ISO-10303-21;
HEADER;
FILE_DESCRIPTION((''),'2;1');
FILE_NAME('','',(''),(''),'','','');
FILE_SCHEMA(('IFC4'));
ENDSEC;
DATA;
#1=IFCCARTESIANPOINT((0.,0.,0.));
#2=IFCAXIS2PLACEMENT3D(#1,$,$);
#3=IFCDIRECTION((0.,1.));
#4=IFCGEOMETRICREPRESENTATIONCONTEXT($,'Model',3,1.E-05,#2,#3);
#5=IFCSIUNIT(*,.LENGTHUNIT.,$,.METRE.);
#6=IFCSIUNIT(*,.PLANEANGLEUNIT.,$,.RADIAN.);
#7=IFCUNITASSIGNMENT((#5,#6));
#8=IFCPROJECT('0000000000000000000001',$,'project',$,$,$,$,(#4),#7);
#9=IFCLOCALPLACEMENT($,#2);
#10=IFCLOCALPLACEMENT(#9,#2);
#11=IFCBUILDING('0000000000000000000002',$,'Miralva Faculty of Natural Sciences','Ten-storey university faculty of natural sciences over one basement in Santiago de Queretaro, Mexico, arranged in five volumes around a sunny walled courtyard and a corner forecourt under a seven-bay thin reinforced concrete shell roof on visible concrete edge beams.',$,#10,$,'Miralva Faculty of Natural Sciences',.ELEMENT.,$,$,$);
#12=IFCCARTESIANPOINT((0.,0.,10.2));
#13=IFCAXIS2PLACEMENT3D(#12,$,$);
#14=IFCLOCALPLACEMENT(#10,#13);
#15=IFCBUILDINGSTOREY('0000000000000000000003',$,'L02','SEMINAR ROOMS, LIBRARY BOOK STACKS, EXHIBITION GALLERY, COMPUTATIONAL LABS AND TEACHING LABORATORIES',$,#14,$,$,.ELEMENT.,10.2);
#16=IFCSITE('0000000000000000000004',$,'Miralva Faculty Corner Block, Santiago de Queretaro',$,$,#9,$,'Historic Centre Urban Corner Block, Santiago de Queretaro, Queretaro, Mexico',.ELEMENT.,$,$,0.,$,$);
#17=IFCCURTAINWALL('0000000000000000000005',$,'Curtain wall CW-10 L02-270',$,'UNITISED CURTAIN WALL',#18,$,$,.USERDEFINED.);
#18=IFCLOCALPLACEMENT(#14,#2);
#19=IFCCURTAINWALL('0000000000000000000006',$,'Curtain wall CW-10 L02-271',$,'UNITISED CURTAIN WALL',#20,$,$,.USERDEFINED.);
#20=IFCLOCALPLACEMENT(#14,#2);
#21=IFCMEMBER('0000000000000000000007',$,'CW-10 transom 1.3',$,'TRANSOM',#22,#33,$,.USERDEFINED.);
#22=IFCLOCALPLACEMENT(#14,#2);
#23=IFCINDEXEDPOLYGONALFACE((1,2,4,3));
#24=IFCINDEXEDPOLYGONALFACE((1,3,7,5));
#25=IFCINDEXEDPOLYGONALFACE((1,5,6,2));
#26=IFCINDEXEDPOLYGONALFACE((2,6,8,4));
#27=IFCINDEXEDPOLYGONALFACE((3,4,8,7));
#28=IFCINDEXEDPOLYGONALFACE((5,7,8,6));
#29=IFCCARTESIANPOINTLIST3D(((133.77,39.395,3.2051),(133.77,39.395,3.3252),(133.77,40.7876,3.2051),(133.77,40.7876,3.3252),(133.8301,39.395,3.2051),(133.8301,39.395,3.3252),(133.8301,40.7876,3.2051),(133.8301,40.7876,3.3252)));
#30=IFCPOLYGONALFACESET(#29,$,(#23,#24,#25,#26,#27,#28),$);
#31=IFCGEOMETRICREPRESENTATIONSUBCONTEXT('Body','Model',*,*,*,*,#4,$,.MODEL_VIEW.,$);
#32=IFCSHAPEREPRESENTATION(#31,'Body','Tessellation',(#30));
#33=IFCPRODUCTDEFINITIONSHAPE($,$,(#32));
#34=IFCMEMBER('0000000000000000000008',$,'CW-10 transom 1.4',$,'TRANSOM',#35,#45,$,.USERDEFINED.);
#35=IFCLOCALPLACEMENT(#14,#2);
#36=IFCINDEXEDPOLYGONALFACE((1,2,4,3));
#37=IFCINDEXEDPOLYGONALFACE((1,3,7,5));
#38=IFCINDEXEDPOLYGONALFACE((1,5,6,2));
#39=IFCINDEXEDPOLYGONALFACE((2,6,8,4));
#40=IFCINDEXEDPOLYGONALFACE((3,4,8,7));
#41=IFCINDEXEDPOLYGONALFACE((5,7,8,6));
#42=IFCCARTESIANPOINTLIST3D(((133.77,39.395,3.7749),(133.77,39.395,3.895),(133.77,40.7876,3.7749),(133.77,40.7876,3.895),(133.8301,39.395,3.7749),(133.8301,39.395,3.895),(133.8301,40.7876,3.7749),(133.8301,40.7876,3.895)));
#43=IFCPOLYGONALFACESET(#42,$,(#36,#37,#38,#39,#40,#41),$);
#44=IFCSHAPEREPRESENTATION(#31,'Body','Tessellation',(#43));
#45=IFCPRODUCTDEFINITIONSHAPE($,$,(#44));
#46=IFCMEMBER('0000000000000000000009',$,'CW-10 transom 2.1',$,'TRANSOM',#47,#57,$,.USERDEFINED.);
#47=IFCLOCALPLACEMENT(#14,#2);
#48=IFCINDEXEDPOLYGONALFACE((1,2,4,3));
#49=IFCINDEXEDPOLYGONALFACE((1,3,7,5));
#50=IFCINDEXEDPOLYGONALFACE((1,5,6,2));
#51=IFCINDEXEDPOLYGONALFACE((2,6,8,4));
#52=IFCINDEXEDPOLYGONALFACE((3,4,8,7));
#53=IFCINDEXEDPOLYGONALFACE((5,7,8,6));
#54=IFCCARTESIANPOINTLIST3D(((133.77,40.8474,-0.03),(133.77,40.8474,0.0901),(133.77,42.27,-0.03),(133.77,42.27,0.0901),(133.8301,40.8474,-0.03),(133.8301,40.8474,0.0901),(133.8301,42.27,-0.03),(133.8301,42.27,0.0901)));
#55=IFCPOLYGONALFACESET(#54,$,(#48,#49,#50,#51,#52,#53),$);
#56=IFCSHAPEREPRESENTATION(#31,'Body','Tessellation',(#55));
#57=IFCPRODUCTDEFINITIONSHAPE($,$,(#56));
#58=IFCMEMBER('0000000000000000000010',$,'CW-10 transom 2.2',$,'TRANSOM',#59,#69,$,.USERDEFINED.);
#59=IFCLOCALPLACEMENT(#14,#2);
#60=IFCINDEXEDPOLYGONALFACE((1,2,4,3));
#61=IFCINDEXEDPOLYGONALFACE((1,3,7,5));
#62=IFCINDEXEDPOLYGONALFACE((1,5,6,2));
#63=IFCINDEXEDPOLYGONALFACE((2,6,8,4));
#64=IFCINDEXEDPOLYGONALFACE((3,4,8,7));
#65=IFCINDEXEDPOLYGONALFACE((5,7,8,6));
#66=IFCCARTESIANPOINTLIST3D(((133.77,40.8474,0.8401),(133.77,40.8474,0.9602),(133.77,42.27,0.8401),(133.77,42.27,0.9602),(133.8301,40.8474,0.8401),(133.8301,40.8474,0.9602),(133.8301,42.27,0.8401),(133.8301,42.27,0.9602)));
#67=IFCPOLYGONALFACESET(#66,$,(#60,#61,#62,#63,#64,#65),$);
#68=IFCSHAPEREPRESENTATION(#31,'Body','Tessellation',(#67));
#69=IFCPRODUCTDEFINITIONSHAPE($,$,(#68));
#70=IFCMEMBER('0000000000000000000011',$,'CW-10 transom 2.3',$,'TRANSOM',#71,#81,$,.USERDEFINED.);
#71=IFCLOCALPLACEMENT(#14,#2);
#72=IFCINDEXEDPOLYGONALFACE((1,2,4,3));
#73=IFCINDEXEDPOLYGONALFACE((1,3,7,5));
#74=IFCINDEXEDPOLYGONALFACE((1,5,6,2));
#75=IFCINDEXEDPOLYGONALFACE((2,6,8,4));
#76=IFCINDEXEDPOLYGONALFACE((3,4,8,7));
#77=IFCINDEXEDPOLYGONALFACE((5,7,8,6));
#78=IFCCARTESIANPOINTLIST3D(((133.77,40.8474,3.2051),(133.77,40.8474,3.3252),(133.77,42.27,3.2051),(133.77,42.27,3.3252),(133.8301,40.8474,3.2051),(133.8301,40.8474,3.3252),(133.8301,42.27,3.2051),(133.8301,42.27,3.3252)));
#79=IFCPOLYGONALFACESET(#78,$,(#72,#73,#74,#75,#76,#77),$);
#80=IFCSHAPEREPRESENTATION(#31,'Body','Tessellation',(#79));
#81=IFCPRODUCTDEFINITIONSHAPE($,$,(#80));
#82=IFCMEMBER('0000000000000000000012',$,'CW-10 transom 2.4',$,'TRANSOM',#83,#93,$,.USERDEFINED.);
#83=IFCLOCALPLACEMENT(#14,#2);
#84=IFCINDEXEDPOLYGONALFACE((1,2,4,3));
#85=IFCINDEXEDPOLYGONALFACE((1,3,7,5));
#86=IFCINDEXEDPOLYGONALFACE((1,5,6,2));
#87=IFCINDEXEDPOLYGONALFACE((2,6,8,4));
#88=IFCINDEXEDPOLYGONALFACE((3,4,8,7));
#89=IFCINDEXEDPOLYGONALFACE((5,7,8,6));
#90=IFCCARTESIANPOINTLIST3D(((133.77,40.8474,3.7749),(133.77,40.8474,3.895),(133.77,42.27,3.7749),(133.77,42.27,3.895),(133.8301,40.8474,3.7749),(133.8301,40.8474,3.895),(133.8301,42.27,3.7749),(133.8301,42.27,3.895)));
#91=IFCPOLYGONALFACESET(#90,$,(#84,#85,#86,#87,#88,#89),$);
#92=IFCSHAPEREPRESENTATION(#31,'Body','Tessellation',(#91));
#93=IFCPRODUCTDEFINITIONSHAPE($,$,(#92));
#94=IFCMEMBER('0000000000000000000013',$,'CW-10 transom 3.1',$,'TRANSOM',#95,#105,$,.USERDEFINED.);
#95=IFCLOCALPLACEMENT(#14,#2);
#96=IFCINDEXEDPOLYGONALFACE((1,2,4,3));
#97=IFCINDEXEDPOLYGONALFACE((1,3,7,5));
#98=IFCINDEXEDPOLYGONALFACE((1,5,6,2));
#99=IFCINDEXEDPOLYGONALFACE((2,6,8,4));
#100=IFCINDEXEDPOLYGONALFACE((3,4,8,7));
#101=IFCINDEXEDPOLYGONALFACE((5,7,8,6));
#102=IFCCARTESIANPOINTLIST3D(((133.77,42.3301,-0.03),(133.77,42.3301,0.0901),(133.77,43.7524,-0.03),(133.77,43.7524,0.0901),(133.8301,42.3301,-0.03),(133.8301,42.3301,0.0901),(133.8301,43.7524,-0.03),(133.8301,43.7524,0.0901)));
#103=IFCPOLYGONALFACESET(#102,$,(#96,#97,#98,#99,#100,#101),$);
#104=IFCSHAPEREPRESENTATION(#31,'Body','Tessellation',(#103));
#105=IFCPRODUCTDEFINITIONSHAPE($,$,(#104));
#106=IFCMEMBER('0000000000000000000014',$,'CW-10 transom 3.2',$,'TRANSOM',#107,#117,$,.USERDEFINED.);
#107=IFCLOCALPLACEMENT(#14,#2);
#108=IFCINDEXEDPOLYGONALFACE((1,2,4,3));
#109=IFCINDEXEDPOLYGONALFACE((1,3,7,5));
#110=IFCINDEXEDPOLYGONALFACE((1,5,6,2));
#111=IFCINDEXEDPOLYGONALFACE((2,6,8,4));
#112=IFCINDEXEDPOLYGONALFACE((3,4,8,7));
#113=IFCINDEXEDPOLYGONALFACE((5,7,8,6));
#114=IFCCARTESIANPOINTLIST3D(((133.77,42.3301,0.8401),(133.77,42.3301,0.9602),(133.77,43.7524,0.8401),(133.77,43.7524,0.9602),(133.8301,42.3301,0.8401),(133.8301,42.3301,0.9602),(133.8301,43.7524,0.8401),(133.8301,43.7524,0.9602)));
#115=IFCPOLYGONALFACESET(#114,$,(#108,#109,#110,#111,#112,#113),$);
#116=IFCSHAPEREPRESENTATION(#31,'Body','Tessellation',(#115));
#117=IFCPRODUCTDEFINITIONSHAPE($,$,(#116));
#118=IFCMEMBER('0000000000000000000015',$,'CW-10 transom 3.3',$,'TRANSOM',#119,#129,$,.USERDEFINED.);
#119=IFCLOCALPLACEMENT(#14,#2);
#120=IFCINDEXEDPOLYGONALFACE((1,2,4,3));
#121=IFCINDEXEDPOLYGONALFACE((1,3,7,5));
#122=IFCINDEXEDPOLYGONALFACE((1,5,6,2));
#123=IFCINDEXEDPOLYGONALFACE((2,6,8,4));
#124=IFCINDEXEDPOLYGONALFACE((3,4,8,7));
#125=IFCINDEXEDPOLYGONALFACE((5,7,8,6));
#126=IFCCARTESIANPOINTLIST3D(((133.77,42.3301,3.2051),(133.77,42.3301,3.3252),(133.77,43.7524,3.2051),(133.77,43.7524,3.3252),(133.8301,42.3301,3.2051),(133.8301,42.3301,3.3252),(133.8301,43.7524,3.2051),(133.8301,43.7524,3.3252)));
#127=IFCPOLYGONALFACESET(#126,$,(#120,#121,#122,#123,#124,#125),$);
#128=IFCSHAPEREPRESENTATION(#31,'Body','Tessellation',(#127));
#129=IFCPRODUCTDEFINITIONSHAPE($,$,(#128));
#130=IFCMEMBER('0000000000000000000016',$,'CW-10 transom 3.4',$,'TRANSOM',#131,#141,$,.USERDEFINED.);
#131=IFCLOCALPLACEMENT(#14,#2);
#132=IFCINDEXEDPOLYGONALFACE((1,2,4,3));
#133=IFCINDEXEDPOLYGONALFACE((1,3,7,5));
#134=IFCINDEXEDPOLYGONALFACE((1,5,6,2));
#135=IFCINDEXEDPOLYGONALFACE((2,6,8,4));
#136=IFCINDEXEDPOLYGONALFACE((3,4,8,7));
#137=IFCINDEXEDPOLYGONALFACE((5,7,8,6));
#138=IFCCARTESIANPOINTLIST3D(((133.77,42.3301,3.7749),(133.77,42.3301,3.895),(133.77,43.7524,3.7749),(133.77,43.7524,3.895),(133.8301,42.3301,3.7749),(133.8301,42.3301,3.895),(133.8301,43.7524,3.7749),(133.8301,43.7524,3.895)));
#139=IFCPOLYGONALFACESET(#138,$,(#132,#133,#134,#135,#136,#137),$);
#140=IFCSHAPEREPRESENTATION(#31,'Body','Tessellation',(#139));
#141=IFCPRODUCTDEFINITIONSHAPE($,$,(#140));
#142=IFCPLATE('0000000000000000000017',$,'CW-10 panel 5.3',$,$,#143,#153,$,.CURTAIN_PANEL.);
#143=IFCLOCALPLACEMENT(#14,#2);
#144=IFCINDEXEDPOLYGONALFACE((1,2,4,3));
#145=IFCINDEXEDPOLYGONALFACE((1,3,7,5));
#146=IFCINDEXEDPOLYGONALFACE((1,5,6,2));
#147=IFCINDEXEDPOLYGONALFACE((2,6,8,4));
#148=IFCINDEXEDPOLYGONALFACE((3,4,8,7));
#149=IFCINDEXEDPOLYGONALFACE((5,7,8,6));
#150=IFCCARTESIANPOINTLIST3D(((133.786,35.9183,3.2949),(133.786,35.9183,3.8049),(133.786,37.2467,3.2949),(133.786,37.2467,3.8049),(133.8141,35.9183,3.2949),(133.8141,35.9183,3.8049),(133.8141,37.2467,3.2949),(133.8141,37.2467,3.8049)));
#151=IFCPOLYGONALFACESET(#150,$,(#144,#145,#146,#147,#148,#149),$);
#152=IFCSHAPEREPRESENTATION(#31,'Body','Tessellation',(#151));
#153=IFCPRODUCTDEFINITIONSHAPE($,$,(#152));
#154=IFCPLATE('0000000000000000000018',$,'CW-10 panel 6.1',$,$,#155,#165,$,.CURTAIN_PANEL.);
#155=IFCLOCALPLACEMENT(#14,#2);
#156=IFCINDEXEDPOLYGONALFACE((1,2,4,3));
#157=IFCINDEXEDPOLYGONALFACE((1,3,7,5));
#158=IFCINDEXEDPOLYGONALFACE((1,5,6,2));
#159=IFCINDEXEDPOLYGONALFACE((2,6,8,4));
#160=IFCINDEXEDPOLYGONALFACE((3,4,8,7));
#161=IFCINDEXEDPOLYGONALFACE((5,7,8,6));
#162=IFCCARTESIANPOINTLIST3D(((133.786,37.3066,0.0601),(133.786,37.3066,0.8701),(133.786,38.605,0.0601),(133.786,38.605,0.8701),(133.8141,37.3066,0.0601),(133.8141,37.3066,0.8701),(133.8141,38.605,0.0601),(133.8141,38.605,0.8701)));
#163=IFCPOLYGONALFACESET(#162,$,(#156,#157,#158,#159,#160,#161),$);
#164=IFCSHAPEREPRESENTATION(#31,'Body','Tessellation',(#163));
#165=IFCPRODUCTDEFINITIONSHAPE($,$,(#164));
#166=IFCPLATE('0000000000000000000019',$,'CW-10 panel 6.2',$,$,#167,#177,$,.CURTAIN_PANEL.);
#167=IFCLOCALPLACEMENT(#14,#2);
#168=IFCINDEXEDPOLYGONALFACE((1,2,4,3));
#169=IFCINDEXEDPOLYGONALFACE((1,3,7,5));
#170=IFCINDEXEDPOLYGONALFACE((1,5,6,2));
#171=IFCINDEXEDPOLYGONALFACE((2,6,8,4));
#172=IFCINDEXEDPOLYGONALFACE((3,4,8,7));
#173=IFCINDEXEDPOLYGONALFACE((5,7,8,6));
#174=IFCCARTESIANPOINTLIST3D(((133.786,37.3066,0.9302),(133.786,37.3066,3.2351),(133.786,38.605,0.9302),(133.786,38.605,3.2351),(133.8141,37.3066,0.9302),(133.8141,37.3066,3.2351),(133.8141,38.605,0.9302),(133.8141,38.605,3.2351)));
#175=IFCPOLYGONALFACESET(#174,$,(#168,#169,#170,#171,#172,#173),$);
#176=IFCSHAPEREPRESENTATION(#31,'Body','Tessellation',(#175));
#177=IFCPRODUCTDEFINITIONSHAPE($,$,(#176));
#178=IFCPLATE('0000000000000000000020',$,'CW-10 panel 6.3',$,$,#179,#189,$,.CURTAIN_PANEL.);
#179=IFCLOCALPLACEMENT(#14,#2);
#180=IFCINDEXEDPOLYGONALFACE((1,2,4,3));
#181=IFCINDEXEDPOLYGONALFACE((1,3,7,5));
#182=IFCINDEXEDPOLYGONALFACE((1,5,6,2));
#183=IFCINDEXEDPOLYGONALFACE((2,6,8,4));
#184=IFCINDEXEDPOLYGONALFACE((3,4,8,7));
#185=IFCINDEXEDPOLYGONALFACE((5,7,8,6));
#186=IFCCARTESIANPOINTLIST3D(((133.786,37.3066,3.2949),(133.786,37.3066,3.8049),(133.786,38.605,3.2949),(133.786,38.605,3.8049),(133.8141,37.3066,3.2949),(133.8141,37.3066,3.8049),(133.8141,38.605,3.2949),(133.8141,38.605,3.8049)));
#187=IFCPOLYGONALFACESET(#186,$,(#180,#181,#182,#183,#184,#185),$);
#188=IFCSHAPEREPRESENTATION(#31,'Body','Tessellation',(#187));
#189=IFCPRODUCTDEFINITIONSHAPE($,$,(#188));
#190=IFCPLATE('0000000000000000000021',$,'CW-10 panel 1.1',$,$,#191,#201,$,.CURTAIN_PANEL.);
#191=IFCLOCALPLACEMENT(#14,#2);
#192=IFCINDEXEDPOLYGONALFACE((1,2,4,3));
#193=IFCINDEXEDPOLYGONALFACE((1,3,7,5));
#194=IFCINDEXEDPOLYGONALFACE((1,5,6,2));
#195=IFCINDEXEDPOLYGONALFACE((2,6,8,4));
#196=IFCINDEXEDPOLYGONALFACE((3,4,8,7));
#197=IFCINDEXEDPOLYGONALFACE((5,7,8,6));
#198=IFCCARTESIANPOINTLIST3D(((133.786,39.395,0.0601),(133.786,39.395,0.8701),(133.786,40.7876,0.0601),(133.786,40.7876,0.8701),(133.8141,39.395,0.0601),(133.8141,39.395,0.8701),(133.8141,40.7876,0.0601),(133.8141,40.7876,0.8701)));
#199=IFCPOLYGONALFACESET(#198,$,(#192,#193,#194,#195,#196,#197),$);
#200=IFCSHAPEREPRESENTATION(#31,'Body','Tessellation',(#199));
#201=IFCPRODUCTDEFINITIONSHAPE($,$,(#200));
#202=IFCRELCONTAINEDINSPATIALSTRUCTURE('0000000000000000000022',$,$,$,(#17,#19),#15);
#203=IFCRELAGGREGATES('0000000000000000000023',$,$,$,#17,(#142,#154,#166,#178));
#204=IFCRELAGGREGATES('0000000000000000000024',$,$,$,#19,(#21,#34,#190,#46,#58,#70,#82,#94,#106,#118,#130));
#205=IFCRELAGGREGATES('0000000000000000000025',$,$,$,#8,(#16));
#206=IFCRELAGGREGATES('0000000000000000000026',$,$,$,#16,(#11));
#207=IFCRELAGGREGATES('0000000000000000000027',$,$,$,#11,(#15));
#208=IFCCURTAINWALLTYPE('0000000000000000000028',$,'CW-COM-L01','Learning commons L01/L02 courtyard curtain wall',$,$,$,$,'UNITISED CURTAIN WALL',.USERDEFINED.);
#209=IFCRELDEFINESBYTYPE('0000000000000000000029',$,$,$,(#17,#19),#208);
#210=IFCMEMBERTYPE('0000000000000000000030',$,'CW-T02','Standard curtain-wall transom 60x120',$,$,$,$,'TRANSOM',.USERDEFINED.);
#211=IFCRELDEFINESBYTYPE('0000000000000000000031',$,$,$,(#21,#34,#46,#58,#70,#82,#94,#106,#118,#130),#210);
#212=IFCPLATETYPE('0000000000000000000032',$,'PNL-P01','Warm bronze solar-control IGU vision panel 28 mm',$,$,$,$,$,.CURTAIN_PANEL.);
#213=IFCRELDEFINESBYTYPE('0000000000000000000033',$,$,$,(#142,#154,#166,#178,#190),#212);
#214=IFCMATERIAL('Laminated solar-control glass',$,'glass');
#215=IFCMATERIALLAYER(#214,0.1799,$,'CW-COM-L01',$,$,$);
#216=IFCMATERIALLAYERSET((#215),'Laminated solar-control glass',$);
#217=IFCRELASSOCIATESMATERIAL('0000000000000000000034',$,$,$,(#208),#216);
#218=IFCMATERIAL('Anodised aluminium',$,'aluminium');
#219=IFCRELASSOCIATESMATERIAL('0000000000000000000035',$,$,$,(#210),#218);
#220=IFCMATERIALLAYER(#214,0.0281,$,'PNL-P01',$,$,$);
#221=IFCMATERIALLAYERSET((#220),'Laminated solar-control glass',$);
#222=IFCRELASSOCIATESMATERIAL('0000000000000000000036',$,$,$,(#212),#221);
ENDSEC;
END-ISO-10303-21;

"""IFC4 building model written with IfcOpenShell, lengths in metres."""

from ifc_helpers import new_model, si_unit, direction, frame, origin, origin_2d, place, context, subcontext, project, spatial, rectangle, extrude, material, layer, layer_set, material_profile, profile_set, type_object, element, aggregate, save


model = new_model("IFC4")

# Units and contexts
model_context = context("Model", 3, precision=1e-05, world=origin(), true_north=direction((0.0, 1.0)))
body_context = subcontext(model_context, "Body", "Model", "MODEL_VIEW")
ifc_project = project(units=[si_unit("LENGTHUNIT", "METRE"), si_unit("PLANEANGLEUNIT", "RADIAN")], contexts=[model_context])

# Site, building, storey
site_placement = place(None, origin())
site = spatial("IfcSite", under=ifc_project, at=site_placement, Name="Miralva Faculty Corner Block, Santiago de Queretaro", LongName="Historic Centre Urban Corner Block, Santiago de Queretaro, Queretaro, Mexico", CompositionType="ELEMENT", RefElevation=0.0)
building_placement = place(site_placement, origin())
building = spatial("IfcBuilding", under=site, at=building_placement, Name="Miralva Faculty of Natural Sciences", Description="Ten-storey university faculty of natural sciences over one basement in Santiago de Queretaro, Mexico, arranged in five volumes around a sunny walled courtyard and a corner forecourt under a seven-bay thin reinforced concrete shell roof on visible concrete edge beams.", LongName="Miralva Faculty of Natural Sciences", CompositionType="ELEMENT")
storey_placement = place(building_placement, frame((0.0, 0.0, 10.2)))
storey = spatial("IfcBuildingStorey", under=building, at=storey_placement, Name="L02", Description="SEMINAR ROOMS, LIBRARY BOOK STACKS, EXHIBITION GALLERY, COMPUTATIONAL LABS AND TEACHING LABORATORIES", CompositionType="ELEMENT", Elevation=10.2)

# Curtain walls
ifc_material_1 = material(Name="Laminated solar-control glass", Category="glass")
ifc_layer_1 = layer(ifc_material_1, 0.1799, Name="CW-COM-L01")
ifc_layer_set_1 = layer_set([ifc_layer_1], Name="Laminated solar-control glass")
curtain_wall_type = type_object("IfcCurtainWallType", Name="CW-COM-L01", Description="Learning commons L01/L02 courtyard curtain wall", ElementType="UNITISED CURTAIN WALL", PredefinedType="USERDEFINED", material=ifc_layer_set_1)
curtain_wall_1_placement = place(storey_placement, origin())
curtain_wall_1 = element("IfcCurtainWall", 1, at=curtain_wall_1_placement, inside=storey, type_object=curtain_wall_type, Name="Curtain wall CW-10 L02-270", ObjectType="UNITISED CURTAIN WALL", PredefinedType="USERDEFINED")
ifc_material_2 = material(Name="Anodised aluminium", Category="aluminium")
curtain_wall_2_placement = place(storey_placement, origin())
curtain_wall_2 = element("IfcCurtainWall", 2, at=curtain_wall_2_placement, inside=storey, type_object=curtain_wall_type, Name="Curtain wall CW-10 L02-271", ObjectType="UNITISED CURTAIN WALL", PredefinedType="USERDEFINED")

# Members
ifc_material_profile_1 = material_profile(ifc_material_2, rectangle(XDim=0.0601, YDim=0.1201, at=origin_2d()), Name="TRANSOM 60x120")
ifc_profile_set_1 = profile_set([ifc_material_profile_1], Name="Anodised aluminium")
member_type_1 = type_object("IfcMemberType", Name="CW-T02", Description="Standard curtain-wall transom 60x120", ElementType="TRANSOM", PredefinedType="USERDEFINED", material=ifc_profile_set_1)
member_1_placement = place(storey_placement, frame((133.8, 39.395, 3.2651), z_axis=(0.0, 1.0, 0.0), x_axis=(-1.0, 0.0, 0.0)))
member_1 = element("IfcMember", 3, at=member_1_placement, type_object=member_type_1, Name="CW-10 transom 1.3", ObjectType="TRANSOM", PredefinedType="USERDEFINED", context=body_context, shape_type="SweptSolid", body=[
    extrude(rectangle(XDim=0.0601, YDim=0.1201, at=origin_2d()), origin(), (0.0, 0.0, 1.0), 1.3926),
])
member_2_placement = place(storey_placement, frame((133.8, 39.395, 3.835), z_axis=(0.0, 1.0, 0.0), x_axis=(-1.0, 0.0, 0.0)))
member_2 = element("IfcMember", 4, at=member_2_placement, type_object=member_type_1, Name="CW-10 transom 1.4", ObjectType="TRANSOM", PredefinedType="USERDEFINED", context=body_context, shape_type="SweptSolid", body=[
    extrude(rectangle(XDim=0.0601, YDim=0.1201, at=origin_2d()), origin(), (0.0, 0.0, 1.0), 1.3926),
])
member_3_placement = place(storey_placement, frame((133.8, 40.8474, 0.03), z_axis=(0.0, 1.0, 0.0), x_axis=(-1.0, 0.0, 0.0)))
member_3 = element("IfcMember", 5, at=member_3_placement, type_object=member_type_1, Name="CW-10 transom 2.1", ObjectType="TRANSOM", PredefinedType="USERDEFINED", context=body_context, shape_type="SweptSolid", body=[
    extrude(rectangle(XDim=0.0601, YDim=0.1201, at=origin_2d()), origin(), (0.0, 0.0, 1.0), 1.4226),
])
member_4_placement = place(storey_placement, frame((133.8, 40.8474, 0.9001), z_axis=(0.0, 1.0, 0.0), x_axis=(-1.0, 0.0, 0.0)))
member_4 = element("IfcMember", 6, at=member_4_placement, type_object=member_type_1, Name="CW-10 transom 2.2", ObjectType="TRANSOM", PredefinedType="USERDEFINED", context=body_context, shape_type="SweptSolid", body=[
    extrude(rectangle(XDim=0.0601, YDim=0.1201, at=origin_2d()), origin(), (0.0, 0.0, 1.0), 1.4226),
])
member_5_placement = place(storey_placement, frame((133.8, 40.8474, 3.2651), z_axis=(0.0, 1.0, 0.0), x_axis=(-1.0, 0.0, 0.0)))
member_5 = element("IfcMember", 7, at=member_5_placement, type_object=member_type_1, Name="CW-10 transom 2.3", ObjectType="TRANSOM", PredefinedType="USERDEFINED", context=body_context, shape_type="SweptSolid", body=[
    extrude(rectangle(XDim=0.0601, YDim=0.1201, at=origin_2d()), origin(), (0.0, 0.0, 1.0), 1.4226),
])
member_6_placement = place(storey_placement, frame((133.8, 40.8474, 3.835), z_axis=(0.0, 1.0, 0.0), x_axis=(-1.0, 0.0, 0.0)))
member_6 = element("IfcMember", 8, at=member_6_placement, type_object=member_type_1, Name="CW-10 transom 2.4", ObjectType="TRANSOM", PredefinedType="USERDEFINED", context=body_context, shape_type="SweptSolid", body=[
    extrude(rectangle(XDim=0.0601, YDim=0.1201, at=origin_2d()), origin(), (0.0, 0.0, 1.0), 1.4226),
])
member_7_placement = place(storey_placement, frame((133.8, 42.3301, 0.03), z_axis=(0.0, 1.0, 0.0), x_axis=(-1.0, 0.0, 0.0)))
member_7 = element("IfcMember", 9, at=member_7_placement, type_object=member_type_1, Name="CW-10 transom 3.1", ObjectType="TRANSOM", PredefinedType="USERDEFINED", context=body_context, shape_type="SweptSolid", body=[
    extrude(rectangle(XDim=0.0601, YDim=0.1201, at=origin_2d()), origin(), (0.0, 0.0, 1.0), 1.4224),
])
member_8_placement = place(storey_placement, frame((133.8, 42.3301, 0.9001), z_axis=(0.0, 1.0, 0.0), x_axis=(-1.0, 0.0, 0.0)))
member_8 = element("IfcMember", 10, at=member_8_placement, type_object=member_type_1, Name="CW-10 transom 3.2", ObjectType="TRANSOM", PredefinedType="USERDEFINED", context=body_context, shape_type="SweptSolid", body=[
    extrude(rectangle(XDim=0.0601, YDim=0.1201, at=origin_2d()), origin(), (0.0, 0.0, 1.0), 1.4224),
])
member_9_placement = place(storey_placement, frame((133.8, 42.3301, 3.2651), z_axis=(0.0, 1.0, 0.0), x_axis=(-1.0, 0.0, 0.0)))
member_9 = element("IfcMember", 11, at=member_9_placement, type_object=member_type_1, Name="CW-10 transom 3.3", ObjectType="TRANSOM", PredefinedType="USERDEFINED", context=body_context, shape_type="SweptSolid", body=[
    extrude(rectangle(XDim=0.0601, YDim=0.1201, at=origin_2d()), origin(), (0.0, 0.0, 1.0), 1.4224),
])
member_10_placement = place(storey_placement, frame((133.8, 42.3301, 3.835), z_axis=(0.0, 1.0, 0.0), x_axis=(-1.0, 0.0, 0.0)))
member_10 = element("IfcMember", 12, at=member_10_placement, type_object=member_type_1, Name="CW-10 transom 3.4", ObjectType="TRANSOM", PredefinedType="USERDEFINED", context=body_context, shape_type="SweptSolid", body=[
    extrude(rectangle(XDim=0.0601, YDim=0.1201, at=origin_2d()), origin(), (0.0, 0.0, 1.0), 1.4224),
])

# Plates
ifc_layer_2 = layer(ifc_material_1, 0.0281, Name="PNL-P01")
ifc_layer_set_2 = layer_set([ifc_layer_2], Name="Laminated solar-control glass")
plate_type = type_object("IfcPlateType", Name="PNL-P01", Description="Warm bronze solar-control IGU vision panel 28 mm", PredefinedType="CURTAIN_PANEL", material=ifc_layer_set_2)
plate_1_placement = place(storey_placement, frame((133.8, 36.5825, 3.2949), z_axis=(0.0, 0.0, 1.0), x_axis=(0.0, 1.0, 0.0)))
plate_1 = element("IfcPlate", 13, at=plate_1_placement, type_object=plate_type, Name="CW-10 panel 5.3", PredefinedType="CURTAIN_PANEL", context=body_context, shape_type="SweptSolid", body=[
    extrude(rectangle(XDim=1.3284, YDim=0.0281, at=origin_2d()), origin(), (0.0, 0.0, 1.0), 0.51),
])
plate_2_placement = place(storey_placement, frame((133.8, 37.9558, 0.0601), z_axis=(0.0, 0.0, 1.0), x_axis=(0.0, 1.0, 0.0)))
plate_2 = element("IfcPlate", 14, at=plate_2_placement, type_object=plate_type, Name="CW-10 panel 6.1", PredefinedType="CURTAIN_PANEL", context=body_context, shape_type="SweptSolid", body=[
    extrude(rectangle(XDim=1.2983, YDim=0.0281, at=origin_2d()), origin(), (0.0, 0.0, 1.0), 0.8101),
])
plate_3_placement = place(storey_placement, frame((133.8, 37.9558, 0.9302), z_axis=(0.0, 0.0, 1.0), x_axis=(0.0, 1.0, 0.0)))
plate_3 = element("IfcPlate", 15, at=plate_3_placement, type_object=plate_type, Name="CW-10 panel 6.2", PredefinedType="CURTAIN_PANEL", context=body_context, shape_type="SweptSolid", body=[
    extrude(rectangle(XDim=1.2983, YDim=0.0281, at=origin_2d()), origin(), (0.0, 0.0, 1.0), 2.3049),
])
plate_4_placement = place(storey_placement, frame((133.8, 37.9558, 3.2949), z_axis=(0.0, 0.0, 1.0), x_axis=(0.0, 1.0, 0.0)))
plate_4 = element("IfcPlate", 16, at=plate_4_placement, type_object=plate_type, Name="CW-10 panel 6.3", PredefinedType="CURTAIN_PANEL", context=body_context, shape_type="SweptSolid", body=[
    extrude(rectangle(XDim=1.2983, YDim=0.0281, at=origin_2d()), origin(), (0.0, 0.0, 1.0), 0.51),
])
aggregate(curtain_wall_1, [plate_1, plate_2, plate_3, plate_4])
plate_5_placement = place(storey_placement, frame((133.8, 40.0913, 0.0601), z_axis=(0.0, 0.0, 1.0), x_axis=(0.0, 1.0, 0.0)))
plate_5 = element("IfcPlate", 17, at=plate_5_placement, type_object=plate_type, Name="CW-10 panel 1.1", PredefinedType="CURTAIN_PANEL", context=body_context, shape_type="SweptSolid", body=[
    extrude(rectangle(XDim=1.3926, YDim=0.0281, at=origin_2d()), origin(), (0.0, 0.0, 1.0), 0.8101),
])
aggregate(curtain_wall_2, [member_1, member_2, plate_5, member_3, member_4, member_5, member_6, member_7, member_8, member_9, member_10])

save(model, "model.ifc")
